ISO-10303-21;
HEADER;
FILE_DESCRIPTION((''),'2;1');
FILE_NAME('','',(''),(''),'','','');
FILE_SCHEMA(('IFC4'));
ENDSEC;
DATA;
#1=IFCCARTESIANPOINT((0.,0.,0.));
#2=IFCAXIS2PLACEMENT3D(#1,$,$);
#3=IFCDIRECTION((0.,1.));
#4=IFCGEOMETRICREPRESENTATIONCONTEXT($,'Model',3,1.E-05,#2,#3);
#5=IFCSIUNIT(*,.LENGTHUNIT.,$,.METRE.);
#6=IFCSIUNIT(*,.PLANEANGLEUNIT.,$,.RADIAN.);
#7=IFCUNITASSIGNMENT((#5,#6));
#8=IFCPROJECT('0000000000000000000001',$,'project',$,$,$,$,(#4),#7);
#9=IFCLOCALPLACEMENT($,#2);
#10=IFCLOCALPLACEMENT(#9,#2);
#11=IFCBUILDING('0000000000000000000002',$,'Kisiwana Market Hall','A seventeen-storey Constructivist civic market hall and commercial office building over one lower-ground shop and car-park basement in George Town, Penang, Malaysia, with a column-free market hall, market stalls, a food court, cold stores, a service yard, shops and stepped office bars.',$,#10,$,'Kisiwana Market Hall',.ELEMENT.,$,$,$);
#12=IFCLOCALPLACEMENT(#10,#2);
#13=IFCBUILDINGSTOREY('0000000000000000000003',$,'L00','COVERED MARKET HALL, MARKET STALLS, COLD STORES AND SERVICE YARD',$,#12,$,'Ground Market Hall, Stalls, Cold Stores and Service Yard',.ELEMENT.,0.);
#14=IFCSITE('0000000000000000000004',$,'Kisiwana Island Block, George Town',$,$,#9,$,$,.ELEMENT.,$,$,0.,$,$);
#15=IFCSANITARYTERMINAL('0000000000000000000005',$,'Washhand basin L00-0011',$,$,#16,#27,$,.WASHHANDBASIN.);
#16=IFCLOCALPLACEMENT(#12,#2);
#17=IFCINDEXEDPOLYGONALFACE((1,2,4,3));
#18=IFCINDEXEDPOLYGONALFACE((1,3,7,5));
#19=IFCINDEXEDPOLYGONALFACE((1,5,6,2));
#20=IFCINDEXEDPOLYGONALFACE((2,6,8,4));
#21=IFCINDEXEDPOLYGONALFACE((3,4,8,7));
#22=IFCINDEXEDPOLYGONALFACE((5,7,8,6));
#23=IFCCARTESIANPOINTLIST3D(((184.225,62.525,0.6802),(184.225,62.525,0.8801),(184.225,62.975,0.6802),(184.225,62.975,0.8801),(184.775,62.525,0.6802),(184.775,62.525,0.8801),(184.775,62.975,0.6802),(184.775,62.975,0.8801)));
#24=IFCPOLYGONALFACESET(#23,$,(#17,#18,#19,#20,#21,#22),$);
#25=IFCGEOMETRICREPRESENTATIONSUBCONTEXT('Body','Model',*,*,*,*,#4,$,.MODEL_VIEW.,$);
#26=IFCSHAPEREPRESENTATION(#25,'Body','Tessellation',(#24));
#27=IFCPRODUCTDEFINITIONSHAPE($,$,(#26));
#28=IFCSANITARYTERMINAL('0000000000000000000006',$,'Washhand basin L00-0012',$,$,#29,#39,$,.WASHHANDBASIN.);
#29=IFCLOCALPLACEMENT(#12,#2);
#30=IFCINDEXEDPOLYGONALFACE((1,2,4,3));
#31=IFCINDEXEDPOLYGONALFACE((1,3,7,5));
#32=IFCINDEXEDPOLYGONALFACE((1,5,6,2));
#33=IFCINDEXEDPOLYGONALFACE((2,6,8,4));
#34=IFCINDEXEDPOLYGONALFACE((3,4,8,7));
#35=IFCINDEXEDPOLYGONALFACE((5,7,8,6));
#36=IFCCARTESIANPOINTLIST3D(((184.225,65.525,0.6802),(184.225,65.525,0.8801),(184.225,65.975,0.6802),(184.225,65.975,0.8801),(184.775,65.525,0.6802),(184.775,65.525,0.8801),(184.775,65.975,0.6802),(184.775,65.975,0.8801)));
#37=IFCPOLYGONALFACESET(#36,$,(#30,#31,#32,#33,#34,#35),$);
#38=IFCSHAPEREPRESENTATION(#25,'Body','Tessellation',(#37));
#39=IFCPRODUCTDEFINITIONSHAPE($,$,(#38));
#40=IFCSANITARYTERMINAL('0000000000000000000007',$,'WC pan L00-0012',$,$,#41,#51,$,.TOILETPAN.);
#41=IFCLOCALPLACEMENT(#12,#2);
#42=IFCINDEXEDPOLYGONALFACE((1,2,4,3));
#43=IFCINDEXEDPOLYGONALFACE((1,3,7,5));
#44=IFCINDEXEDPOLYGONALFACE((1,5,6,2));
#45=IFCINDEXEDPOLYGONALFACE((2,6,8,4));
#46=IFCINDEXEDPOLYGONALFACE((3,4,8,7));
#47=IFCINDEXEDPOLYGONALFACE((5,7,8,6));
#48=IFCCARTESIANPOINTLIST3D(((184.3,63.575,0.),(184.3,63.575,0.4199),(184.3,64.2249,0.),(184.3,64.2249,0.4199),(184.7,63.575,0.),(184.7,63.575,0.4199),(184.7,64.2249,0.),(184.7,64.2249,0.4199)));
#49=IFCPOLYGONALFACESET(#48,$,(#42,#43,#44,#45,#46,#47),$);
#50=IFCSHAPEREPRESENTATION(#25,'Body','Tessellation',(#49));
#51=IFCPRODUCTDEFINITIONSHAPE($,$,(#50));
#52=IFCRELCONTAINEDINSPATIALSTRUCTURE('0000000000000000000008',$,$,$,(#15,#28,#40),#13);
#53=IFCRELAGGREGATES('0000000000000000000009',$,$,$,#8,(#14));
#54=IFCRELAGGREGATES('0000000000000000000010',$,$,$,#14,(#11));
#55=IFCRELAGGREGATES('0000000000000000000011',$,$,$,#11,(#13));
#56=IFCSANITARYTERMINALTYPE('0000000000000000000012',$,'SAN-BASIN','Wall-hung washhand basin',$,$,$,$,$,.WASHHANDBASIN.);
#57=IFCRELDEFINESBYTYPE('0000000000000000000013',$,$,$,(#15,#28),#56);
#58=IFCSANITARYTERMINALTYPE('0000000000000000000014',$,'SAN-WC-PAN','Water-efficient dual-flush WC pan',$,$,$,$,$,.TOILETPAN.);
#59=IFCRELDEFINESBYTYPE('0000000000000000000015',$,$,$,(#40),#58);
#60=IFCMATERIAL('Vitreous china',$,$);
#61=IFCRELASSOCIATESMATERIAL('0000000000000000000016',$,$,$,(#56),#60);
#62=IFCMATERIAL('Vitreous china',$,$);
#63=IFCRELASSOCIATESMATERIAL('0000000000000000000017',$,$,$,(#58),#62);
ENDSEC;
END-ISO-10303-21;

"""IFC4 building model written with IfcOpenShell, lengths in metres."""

from ifc_helpers import new_model, si_unit, direction, frame, origin, origin_2d, place, context, subcontext, project, spatial, rectangle, extrude, material, type_object, element, save


model = new_model("IFC4")

# Units and contexts
model_context = context("Model", 3, precision=1e-05, world=origin(), true_north=direction((0.0, 1.0)))
body_context = subcontext(model_context, "Body", "Model", "MODEL_VIEW")
ifc_project = project(units=[si_unit("LENGTHUNIT", "METRE"), si_unit("PLANEANGLEUNIT", "RADIAN")], contexts=[model_context])

# Site, building, storey
site_placement = place(None, origin())
site = spatial("IfcSite", under=ifc_project, at=site_placement, Name="Kisiwana Island Block, George Town", CompositionType="ELEMENT", RefElevation=0.0)
building_placement = place(site_placement, origin())
building = spatial("IfcBuilding", under=site, at=building_placement, Name="Kisiwana Market Hall", Description="A seventeen-storey Constructivist civic market hall and commercial office building over one lower-ground shop and car-park basement in George Town, Penang, Malaysia, with a column-free market hall, market stalls, a food court, cold stores, a service yard, shops and stepped office bars.", LongName="Kisiwana Market Hall", CompositionType="ELEMENT")
storey_placement = place(building_placement, origin())
storey = spatial("IfcBuildingStorey", under=building, at=storey_placement, Name="L00", Description="COVERED MARKET HALL, MARKET STALLS, COLD STORES AND SERVICE YARD", LongName="Ground Market Hall, Stalls, Cold Stores and Service Yard", CompositionType="ELEMENT", Elevation=0.0)

# Sanitary terminals
ifc_material_1 = material(Name="Vitreous china")
sanitary_terminal_type_1 = type_object("IfcSanitaryTerminalType", Name="SAN-BASIN", Description="Wall-hung washhand basin", PredefinedType="WASHHANDBASIN", material=ifc_material_1)
for number, where, z_axis, x_axis, name in (
    (1, (184.5, 62.75, 0.6802), (0.0, 0.0, 1.0), (1.0, 0.0, 0.0), "Washhand basin L00-0011"),
    (2, (184.5, 65.75, 0.6802), (0.0, 0.0, 1.0), (1.0, 0.0, 0.0), "Washhand basin L00-0012"),
):
    element("IfcSanitaryTerminal", number, at=place(storey_placement, frame(where, z_axis=z_axis, x_axis=x_axis)), inside=storey, type_object=sanitary_terminal_type_1, Name=name, PredefinedType="WASHHANDBASIN", context=body_context, shape_type="SweptSolid", body=[
        extrude(rectangle(XDim=0.55, YDim=0.45, at=origin_2d()), origin(), (0.0, 0.0, 1.0), 0.2),
    ])
ifc_material_2 = material(Name="Vitreous china")
sanitary_terminal_type_2 = type_object("IfcSanitaryTerminalType", Name="SAN-WC-PAN", Description="Water-efficient dual-flush WC pan", PredefinedType="TOILETPAN", material=ifc_material_2)
sanitary_terminal_placement = place(storey_placement, frame((184.5, 63.8999, 0.0), z_axis=(0.0, 0.0, 1.0), x_axis=(1.0, 0.0, 0.0)))
element("IfcSanitaryTerminal", 3, at=sanitary_terminal_placement, inside=storey, type_object=sanitary_terminal_type_2, Name="WC pan L00-0012", PredefinedType="TOILETPAN", context=body_context, shape_type="SweptSolid", body=[
    extrude(rectangle(XDim=0.3999, YDim=0.6499, at=origin_2d()), origin(), (0.0, 0.0, 1.0), 0.4199),
])

save(model, "model.ifc")
